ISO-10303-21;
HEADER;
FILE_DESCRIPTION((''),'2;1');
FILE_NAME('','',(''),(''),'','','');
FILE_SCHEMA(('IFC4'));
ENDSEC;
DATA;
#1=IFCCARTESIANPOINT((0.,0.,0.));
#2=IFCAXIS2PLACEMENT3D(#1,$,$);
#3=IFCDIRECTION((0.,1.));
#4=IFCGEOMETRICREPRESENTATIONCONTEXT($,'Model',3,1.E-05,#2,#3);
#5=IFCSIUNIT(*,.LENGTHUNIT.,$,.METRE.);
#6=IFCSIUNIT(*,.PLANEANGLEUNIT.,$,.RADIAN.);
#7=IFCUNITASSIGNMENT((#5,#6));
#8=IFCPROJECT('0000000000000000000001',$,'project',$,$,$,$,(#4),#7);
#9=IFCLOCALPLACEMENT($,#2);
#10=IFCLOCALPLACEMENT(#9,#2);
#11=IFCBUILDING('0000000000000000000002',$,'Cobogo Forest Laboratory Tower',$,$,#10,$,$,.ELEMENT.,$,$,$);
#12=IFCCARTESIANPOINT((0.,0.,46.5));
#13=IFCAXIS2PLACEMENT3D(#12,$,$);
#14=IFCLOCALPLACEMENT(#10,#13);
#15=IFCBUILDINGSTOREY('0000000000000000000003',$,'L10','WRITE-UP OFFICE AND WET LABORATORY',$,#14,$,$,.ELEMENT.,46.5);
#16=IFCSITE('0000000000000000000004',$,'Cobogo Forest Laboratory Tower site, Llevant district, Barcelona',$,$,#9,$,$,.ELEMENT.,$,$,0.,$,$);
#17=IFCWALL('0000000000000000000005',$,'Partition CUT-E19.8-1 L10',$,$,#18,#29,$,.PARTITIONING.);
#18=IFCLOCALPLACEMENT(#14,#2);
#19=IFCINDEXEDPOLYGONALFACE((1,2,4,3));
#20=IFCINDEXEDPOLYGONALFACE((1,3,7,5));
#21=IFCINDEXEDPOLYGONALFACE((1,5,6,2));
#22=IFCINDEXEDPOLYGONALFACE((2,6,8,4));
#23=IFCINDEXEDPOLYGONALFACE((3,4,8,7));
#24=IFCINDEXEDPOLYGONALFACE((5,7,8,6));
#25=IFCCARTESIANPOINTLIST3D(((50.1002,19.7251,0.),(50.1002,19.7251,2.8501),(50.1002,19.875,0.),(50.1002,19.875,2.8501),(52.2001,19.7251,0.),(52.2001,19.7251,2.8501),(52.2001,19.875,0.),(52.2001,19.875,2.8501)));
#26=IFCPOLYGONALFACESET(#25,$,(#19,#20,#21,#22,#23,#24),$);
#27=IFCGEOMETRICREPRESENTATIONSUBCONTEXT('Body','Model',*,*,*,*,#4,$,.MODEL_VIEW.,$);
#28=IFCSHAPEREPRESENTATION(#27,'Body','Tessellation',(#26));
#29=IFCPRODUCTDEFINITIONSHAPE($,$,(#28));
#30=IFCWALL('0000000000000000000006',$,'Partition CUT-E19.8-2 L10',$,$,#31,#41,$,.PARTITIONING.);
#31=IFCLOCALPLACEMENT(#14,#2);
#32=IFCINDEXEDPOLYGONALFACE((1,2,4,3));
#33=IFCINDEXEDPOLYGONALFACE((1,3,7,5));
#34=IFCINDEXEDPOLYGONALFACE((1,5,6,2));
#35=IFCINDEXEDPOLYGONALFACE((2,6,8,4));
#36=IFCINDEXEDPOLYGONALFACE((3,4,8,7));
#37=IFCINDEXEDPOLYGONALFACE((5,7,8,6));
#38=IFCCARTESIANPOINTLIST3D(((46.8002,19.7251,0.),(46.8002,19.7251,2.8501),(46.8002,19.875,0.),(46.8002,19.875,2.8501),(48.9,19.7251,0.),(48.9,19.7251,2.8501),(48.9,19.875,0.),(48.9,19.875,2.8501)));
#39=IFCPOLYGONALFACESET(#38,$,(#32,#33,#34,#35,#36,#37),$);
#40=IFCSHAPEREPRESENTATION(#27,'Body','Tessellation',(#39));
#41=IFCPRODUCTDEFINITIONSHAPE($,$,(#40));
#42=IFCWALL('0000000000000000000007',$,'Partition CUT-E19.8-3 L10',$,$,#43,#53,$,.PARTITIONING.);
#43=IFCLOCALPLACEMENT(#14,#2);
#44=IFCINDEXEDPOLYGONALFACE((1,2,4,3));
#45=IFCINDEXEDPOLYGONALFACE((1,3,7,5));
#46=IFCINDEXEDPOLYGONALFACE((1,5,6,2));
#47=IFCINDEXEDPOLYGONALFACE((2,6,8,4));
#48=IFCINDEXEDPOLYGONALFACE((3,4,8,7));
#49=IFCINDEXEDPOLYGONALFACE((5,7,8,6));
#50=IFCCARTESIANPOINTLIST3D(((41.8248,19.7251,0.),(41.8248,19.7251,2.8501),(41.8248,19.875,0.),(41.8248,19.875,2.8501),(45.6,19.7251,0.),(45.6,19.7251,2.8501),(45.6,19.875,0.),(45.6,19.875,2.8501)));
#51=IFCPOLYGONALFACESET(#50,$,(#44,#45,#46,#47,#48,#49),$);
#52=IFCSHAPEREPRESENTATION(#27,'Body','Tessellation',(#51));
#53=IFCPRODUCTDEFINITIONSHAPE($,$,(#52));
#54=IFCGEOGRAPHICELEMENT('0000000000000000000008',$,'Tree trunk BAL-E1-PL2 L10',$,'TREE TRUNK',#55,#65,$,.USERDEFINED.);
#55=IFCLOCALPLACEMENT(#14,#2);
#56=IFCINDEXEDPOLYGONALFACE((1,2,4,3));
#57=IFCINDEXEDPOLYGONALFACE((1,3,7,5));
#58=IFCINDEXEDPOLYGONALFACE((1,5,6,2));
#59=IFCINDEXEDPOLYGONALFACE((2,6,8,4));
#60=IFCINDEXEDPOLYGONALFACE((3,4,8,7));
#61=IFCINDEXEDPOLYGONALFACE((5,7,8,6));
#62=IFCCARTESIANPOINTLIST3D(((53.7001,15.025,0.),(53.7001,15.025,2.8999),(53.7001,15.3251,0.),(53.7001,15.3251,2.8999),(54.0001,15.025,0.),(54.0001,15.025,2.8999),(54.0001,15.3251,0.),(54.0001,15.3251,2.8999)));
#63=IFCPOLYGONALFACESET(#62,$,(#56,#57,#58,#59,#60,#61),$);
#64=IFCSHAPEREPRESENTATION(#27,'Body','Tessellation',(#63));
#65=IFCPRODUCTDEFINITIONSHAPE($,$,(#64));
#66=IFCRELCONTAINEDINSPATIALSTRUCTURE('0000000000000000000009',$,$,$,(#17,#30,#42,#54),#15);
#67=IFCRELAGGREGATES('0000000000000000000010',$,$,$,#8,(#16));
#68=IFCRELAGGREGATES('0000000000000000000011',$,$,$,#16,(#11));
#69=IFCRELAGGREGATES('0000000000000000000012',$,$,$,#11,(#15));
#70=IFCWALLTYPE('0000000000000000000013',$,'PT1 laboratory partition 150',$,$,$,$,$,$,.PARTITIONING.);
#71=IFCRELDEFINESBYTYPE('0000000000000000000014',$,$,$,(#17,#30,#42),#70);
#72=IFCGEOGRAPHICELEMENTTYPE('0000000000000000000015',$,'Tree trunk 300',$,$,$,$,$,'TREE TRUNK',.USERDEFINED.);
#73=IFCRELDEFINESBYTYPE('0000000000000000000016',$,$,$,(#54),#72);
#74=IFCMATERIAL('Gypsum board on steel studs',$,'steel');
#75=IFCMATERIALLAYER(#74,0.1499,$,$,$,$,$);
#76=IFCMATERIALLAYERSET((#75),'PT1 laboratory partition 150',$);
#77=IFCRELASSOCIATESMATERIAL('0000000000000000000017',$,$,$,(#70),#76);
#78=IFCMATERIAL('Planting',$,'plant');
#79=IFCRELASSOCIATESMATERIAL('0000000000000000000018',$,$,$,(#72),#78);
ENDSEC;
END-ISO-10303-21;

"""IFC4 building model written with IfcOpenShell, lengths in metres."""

from ifc_helpers import new_model, si_unit, direction, frame, frame_2d, origin, origin_2d, place, context, subcontext, project, spatial, rectangle, extrude, material, layer, layer_set, type_object, element, save


model = new_model("IFC4")

# Units and contexts
model_context = context("Model", 3, precision=1e-05, world=origin(), true_north=direction((0.0, 1.0)))
body_context = subcontext(model_context, "Body", "Model", "MODEL_VIEW")
ifc_project = project(units=[si_unit("LENGTHUNIT", "METRE"), si_unit("PLANEANGLEUNIT", "RADIAN")], contexts=[model_context])

# Site, building, storey
site_placement = place(None, origin())
site = spatial("IfcSite", under=ifc_project, at=site_placement, Name="Cobogo Forest Laboratory Tower site, Llevant district, Barcelona", CompositionType="ELEMENT", RefElevation=0.0)
building_placement = place(site_placement, origin())
building = spatial("IfcBuilding", under=site, at=building_placement, Name="Cobogo Forest Laboratory Tower", CompositionType="ELEMENT")
storey_placement = place(building_placement, frame((0.0, 0.0, 46.5)))
storey = spatial("IfcBuildingStorey", under=building, at=storey_placement, Name="L10", Description="WRITE-UP OFFICE AND WET LABORATORY", CompositionType="ELEMENT", Elevation=46.5)

# Walls
ifc_material_1 = material(Name="Gypsum board on steel studs", Category="steel")
ifc_layer_1 = layer(ifc_material_1, 0.1499)
ifc_layer_set_1 = layer_set([ifc_layer_1], Name="PT1 laboratory partition 150")
wall_type = type_object("IfcWallType", Name="PT1 laboratory partition 150", PredefinedType="PARTITIONING", material=ifc_layer_set_1)
for number, where, z_axis, x_axis, name in (
    (1, (52.2, 19.8, 0.0), (0.0, 0.0, 1.0), (-1.0, 0.0, 0.0), "Partition CUT-E19.8-1 L10"),
    (2, (48.8999, 19.8, 0.0), (0.0, 0.0, 1.0), (-1.0, 0.0, 0.0), "Partition CUT-E19.8-2 L10"),
):
    element("IfcWall", number, at=place(storey_placement, frame(where, z_axis=z_axis, x_axis=x_axis)), inside=storey, type_object=wall_type, Name=name, PredefinedType="PARTITIONING", context=body_context, shape_type="SweptSolid", body=[
        extrude(rectangle(XDim=2.0999, YDim=0.1499, at=frame_2d((1.0498, 0.0))), origin(), (0.0, 0.0, 1.0), 2.8501),
    ])
wall_1_placement = place(storey_placement, frame((45.6001, 19.8, 0.0), z_axis=(0.0, 0.0, 1.0), x_axis=(-1.0, 0.0, 0.0)))
element("IfcWall", 3, at=wall_1_placement, inside=storey, type_object=wall_type, Name="Partition CUT-E19.8-3 L10", PredefinedType="PARTITIONING", context=body_context, shape_type="SweptSolid", body=[
    extrude(rectangle(XDim=3.7751, YDim=0.1499, at=frame_2d((1.8877, 0.0))), origin(), (0.0, 0.0, 1.0), 2.8501),
])

# Geographic element
ifc_material_2 = material(Name="Planting", Category="plant")
geographic_element_type = type_object("IfcGeographicElementType", Name="Tree trunk 300", ElementType="TREE TRUNK", PredefinedType="USERDEFINED", material=ifc_material_2)
geographic_element_placement = place(storey_placement, frame((53.8501, 15.175, 0.0), z_axis=(0.0, 0.0, 1.0), x_axis=(1.0, 0.0, 0.0)))
element("IfcGeographicElement", 4, at=geographic_element_placement, inside=storey, type_object=geographic_element_type, Name="Tree trunk BAL-E1-PL2 L10", ObjectType="TREE TRUNK", PredefinedType="USERDEFINED", context=body_context, shape_type="SweptSolid", body=[
    extrude(rectangle(XDim=0.3, YDim=0.3, at=origin_2d()), origin(), (0.0, 0.0, 1.0), 2.8999),
])

save(model, "model.ifc")
